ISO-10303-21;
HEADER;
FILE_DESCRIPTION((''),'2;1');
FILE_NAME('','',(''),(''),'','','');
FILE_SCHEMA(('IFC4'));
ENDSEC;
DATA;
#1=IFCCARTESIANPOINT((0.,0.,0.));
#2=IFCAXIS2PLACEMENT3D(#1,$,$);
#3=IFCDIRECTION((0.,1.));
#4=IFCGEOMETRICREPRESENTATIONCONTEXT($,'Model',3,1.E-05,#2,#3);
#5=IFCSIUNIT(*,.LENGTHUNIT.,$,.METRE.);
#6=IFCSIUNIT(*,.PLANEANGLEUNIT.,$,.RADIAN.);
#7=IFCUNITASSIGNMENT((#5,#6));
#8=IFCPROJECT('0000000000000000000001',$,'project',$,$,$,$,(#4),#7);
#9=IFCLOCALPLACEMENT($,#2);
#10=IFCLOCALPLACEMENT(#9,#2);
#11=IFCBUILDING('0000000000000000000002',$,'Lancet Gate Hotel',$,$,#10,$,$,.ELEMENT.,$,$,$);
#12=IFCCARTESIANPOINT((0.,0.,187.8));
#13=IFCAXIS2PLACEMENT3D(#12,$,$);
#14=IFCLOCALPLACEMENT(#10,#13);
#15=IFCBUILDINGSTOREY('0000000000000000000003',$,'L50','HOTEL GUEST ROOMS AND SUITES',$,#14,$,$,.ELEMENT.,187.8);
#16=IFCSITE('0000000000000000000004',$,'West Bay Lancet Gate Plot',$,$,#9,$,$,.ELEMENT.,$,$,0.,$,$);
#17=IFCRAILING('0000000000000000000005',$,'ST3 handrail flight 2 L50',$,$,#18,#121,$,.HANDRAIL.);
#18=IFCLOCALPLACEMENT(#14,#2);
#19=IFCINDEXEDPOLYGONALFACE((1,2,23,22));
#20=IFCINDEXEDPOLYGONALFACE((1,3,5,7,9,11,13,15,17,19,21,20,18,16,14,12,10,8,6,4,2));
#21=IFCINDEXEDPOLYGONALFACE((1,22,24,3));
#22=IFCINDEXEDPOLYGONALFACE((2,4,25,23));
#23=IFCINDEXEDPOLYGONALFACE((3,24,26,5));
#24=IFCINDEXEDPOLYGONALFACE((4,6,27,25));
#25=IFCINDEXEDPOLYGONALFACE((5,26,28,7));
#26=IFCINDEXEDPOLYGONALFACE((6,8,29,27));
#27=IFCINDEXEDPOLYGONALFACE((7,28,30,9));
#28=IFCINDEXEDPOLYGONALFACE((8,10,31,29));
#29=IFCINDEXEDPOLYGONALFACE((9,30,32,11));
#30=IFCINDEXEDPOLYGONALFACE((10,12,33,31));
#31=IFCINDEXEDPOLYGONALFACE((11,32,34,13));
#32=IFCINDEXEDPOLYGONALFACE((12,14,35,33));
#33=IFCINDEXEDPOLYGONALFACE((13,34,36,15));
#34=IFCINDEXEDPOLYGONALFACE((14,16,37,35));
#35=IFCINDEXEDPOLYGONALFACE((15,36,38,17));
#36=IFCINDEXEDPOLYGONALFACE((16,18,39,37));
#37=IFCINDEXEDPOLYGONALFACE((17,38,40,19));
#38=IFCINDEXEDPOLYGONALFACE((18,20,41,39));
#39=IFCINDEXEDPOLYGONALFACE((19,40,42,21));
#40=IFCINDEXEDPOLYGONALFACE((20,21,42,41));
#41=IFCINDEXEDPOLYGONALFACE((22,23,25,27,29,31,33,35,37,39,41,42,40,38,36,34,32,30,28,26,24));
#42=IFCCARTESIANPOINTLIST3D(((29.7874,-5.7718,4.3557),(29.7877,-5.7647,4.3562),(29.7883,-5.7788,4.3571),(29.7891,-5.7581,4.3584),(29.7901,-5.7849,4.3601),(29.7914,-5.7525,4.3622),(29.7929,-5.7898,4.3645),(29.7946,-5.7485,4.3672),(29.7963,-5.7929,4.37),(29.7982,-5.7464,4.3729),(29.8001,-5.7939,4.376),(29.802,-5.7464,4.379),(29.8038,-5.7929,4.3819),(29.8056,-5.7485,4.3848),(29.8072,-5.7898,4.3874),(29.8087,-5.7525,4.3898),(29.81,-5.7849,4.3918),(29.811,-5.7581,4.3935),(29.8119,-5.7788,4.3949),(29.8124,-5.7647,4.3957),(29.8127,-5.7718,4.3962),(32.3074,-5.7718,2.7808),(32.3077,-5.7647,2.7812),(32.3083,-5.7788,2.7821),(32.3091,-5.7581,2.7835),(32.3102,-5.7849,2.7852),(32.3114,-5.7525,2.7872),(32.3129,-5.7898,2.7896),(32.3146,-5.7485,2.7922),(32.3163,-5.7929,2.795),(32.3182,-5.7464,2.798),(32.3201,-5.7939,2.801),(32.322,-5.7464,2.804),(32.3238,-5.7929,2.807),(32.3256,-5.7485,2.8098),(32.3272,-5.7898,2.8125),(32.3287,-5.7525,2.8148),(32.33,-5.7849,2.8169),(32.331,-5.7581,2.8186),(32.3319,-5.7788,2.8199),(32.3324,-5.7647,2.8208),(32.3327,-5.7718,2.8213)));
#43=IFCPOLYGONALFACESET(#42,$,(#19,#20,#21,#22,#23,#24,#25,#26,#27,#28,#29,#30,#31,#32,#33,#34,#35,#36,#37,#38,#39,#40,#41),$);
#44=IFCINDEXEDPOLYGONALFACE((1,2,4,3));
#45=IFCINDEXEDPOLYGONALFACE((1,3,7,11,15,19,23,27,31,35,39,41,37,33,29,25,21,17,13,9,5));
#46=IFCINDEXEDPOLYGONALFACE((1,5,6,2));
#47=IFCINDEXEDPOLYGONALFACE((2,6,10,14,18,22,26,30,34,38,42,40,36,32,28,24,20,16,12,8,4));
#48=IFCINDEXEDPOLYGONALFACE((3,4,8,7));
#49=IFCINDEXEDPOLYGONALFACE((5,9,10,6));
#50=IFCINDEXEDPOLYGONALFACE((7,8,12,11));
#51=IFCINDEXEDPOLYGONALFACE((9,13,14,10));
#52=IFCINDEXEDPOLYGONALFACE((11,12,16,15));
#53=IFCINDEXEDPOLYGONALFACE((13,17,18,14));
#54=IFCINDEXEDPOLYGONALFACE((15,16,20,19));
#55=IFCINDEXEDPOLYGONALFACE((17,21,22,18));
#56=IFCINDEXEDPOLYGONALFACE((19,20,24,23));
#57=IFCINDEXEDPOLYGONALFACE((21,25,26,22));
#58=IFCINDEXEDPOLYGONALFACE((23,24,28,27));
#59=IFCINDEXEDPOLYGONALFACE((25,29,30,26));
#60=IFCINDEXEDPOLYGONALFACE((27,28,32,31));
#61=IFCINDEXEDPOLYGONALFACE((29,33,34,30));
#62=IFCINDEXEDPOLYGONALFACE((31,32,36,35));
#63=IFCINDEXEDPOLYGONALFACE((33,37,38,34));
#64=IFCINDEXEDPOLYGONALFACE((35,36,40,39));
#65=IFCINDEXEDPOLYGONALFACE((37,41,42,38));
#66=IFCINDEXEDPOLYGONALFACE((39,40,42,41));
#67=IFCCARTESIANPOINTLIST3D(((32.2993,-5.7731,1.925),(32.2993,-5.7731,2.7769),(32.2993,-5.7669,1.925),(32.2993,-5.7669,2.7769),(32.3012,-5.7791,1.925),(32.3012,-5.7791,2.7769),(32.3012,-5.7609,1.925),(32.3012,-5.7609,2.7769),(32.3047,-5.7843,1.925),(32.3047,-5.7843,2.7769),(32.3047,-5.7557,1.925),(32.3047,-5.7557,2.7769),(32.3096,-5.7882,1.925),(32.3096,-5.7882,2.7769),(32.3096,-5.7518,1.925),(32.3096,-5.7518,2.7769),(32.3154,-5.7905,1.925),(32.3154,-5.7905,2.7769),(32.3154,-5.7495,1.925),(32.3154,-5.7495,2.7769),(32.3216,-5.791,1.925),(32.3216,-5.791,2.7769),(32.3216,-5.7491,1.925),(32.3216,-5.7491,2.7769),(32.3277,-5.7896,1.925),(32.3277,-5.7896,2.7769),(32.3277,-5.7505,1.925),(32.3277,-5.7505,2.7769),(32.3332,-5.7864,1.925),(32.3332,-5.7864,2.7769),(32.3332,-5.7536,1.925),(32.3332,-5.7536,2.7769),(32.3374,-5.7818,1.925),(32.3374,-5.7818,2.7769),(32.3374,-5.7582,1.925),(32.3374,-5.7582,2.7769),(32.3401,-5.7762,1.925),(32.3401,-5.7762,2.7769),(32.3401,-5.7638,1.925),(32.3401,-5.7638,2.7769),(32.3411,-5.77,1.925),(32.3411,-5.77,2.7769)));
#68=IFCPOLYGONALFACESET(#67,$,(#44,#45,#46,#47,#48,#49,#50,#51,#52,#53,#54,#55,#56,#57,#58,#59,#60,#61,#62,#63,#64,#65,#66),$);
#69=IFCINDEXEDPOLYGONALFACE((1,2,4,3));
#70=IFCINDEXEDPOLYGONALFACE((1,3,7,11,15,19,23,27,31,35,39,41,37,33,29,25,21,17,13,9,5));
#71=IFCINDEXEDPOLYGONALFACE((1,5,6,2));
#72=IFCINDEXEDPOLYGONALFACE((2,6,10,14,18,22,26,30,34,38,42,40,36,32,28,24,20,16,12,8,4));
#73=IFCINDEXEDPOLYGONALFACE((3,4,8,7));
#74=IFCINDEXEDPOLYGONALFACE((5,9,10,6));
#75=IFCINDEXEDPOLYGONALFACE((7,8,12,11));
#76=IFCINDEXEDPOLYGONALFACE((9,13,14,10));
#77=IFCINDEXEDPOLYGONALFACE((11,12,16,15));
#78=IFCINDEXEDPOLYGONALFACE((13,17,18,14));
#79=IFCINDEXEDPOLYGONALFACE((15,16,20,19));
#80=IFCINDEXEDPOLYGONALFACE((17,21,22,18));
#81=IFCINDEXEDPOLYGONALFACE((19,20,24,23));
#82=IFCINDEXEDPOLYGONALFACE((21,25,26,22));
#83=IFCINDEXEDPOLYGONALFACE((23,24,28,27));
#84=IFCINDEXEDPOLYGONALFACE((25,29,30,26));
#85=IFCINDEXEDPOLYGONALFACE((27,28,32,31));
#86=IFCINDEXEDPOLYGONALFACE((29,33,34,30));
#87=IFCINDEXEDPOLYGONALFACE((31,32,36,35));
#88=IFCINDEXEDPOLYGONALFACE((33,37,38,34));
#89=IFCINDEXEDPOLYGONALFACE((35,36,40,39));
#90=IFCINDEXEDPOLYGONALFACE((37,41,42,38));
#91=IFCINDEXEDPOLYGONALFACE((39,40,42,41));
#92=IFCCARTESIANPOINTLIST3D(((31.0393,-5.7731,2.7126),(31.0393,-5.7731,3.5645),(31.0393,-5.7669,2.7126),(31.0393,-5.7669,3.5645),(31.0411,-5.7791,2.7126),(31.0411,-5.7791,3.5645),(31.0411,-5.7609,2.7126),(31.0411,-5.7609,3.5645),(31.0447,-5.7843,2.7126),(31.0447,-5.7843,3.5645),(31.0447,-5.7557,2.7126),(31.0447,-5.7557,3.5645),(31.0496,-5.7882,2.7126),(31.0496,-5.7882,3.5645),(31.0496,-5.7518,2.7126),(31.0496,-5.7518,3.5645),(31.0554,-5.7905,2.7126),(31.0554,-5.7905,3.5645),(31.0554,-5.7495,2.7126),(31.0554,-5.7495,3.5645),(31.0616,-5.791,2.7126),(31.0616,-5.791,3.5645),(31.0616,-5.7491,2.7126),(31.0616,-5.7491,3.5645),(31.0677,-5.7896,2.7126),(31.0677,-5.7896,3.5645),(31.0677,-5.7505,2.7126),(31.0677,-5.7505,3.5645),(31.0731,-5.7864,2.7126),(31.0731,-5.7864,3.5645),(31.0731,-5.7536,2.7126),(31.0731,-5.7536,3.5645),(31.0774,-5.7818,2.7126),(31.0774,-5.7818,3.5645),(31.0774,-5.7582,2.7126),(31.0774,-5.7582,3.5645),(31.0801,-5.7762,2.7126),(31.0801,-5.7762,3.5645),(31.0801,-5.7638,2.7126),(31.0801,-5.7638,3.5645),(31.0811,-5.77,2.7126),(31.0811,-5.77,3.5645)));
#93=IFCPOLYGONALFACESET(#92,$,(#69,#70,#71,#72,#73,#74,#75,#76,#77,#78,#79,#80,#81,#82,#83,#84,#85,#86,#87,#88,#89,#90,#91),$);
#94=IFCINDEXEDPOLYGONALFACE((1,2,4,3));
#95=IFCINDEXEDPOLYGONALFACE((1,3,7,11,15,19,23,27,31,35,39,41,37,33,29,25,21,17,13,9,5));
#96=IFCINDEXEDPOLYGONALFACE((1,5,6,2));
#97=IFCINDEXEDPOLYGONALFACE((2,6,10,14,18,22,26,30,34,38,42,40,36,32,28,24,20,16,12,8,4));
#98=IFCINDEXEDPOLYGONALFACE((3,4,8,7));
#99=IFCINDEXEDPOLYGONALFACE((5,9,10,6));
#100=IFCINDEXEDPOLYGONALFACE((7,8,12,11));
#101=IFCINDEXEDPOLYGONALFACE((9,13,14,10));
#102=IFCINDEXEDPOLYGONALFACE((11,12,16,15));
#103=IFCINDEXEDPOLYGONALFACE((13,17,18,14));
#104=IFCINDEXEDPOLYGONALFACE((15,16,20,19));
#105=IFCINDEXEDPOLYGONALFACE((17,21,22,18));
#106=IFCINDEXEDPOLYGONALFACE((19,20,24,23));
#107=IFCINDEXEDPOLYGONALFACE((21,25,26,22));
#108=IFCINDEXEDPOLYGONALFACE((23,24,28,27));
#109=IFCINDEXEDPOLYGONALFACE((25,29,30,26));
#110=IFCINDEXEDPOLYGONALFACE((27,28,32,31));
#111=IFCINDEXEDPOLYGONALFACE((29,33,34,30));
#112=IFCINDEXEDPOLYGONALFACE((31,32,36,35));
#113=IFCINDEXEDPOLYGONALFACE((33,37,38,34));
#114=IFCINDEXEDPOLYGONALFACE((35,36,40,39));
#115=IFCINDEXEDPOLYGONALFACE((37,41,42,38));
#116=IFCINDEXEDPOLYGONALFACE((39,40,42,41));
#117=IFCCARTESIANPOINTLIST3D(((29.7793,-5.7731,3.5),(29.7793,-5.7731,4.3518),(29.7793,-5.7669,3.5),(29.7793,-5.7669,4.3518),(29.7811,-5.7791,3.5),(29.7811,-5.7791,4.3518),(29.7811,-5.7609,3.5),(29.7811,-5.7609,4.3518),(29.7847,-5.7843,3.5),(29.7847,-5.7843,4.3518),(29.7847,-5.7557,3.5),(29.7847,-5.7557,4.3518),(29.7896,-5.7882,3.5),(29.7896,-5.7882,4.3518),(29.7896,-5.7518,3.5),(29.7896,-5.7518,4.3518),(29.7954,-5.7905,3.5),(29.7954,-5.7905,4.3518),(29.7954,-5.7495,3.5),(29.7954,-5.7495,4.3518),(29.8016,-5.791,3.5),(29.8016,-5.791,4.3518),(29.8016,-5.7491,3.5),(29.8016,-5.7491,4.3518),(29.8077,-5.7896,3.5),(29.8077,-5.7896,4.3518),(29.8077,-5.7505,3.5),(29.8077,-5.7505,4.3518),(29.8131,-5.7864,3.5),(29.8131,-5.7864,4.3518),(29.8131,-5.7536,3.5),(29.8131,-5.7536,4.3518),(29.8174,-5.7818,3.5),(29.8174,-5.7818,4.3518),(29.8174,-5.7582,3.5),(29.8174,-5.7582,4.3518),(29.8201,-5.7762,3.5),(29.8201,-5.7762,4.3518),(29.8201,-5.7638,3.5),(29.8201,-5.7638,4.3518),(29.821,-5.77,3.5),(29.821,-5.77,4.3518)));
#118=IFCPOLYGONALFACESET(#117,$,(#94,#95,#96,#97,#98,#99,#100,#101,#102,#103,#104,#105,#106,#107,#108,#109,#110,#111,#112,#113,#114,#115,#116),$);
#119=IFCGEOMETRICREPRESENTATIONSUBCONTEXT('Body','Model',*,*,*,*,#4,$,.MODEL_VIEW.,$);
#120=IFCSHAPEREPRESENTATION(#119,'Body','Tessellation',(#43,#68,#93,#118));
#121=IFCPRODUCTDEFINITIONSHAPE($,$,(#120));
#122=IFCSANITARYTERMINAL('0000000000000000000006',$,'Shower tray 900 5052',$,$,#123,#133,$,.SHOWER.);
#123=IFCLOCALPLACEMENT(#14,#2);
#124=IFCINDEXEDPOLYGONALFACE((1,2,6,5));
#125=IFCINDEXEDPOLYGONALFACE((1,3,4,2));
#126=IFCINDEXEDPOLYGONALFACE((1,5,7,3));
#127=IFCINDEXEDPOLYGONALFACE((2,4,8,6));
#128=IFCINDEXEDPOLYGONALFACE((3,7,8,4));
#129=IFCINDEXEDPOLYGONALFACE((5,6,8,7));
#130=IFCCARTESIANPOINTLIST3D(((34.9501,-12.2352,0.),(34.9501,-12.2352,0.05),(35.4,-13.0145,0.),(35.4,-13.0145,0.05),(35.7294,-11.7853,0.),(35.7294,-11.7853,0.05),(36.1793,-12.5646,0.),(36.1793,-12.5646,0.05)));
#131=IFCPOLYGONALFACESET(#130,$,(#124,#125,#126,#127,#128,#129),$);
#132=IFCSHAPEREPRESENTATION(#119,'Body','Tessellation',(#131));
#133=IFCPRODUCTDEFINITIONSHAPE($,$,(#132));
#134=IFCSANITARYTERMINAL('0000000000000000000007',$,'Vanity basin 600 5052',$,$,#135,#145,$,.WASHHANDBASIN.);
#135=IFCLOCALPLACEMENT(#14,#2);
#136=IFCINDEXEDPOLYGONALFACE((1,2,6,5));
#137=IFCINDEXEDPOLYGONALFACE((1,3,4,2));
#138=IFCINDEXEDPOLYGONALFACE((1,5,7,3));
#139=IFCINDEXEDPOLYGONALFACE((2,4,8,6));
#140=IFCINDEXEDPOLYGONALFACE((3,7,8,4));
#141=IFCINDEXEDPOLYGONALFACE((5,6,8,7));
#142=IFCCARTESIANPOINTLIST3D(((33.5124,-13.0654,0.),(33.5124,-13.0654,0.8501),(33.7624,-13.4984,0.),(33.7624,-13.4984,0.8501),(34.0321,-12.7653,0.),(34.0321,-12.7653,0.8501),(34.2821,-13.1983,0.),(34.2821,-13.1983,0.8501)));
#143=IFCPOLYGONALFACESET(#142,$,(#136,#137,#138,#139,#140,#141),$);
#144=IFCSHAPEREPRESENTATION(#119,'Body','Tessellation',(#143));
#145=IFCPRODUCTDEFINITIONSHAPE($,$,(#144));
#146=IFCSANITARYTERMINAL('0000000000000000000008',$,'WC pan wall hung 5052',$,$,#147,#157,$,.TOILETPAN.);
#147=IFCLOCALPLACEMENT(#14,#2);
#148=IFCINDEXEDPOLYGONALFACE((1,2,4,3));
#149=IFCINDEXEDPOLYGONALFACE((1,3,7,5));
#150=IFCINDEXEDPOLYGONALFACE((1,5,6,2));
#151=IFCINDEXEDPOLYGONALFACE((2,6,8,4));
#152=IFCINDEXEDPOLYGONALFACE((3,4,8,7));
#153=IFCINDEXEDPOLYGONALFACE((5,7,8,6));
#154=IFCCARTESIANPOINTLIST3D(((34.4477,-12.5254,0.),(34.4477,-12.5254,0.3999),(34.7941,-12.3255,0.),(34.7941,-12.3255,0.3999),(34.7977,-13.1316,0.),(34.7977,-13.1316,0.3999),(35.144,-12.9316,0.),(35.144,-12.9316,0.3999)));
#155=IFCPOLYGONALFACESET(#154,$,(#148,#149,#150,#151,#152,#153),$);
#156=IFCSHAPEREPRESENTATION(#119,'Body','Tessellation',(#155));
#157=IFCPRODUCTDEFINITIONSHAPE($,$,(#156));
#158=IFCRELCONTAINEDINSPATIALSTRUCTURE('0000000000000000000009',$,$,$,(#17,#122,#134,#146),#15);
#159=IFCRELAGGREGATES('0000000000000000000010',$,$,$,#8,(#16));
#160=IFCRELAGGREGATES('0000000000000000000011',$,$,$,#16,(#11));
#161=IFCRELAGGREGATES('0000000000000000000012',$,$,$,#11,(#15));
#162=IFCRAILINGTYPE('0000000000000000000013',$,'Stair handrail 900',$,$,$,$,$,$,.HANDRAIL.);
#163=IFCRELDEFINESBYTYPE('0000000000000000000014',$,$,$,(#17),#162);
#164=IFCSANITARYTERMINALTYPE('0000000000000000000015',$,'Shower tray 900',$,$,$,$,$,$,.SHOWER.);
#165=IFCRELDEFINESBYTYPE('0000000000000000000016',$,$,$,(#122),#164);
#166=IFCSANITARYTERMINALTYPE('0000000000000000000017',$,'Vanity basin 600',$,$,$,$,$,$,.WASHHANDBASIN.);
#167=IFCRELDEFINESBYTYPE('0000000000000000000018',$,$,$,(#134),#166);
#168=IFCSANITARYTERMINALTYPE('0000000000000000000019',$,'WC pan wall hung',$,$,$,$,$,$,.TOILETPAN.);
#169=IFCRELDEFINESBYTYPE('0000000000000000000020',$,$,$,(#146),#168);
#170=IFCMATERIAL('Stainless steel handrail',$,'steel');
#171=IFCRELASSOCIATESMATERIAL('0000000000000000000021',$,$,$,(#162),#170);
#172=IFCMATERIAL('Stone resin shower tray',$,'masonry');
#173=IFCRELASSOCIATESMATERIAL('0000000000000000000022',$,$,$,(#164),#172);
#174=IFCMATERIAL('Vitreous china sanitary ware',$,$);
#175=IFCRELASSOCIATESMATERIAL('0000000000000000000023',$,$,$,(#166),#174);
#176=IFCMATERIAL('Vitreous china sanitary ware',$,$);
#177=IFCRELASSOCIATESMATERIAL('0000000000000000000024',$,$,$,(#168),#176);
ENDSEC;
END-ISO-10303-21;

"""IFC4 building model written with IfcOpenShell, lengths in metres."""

from ifc_helpers import new_model, si_unit, direction, frame, origin, origin_2d, place, context, subcontext, project, spatial, rectangle, circle, extrude, material, type_object, element, save


model = new_model("IFC4")

# Units and contexts
model_context = context("Model", 3, precision=1e-05, world=origin(), true_north=direction((0.0, 1.0)))
body_context = subcontext(model_context, "Body", "Model", "MODEL_VIEW")
ifc_project = project(units=[si_unit("LENGTHUNIT", "METRE"), si_unit("PLANEANGLEUNIT", "RADIAN")], contexts=[model_context])

# Site, building, storey
site_placement = place(None, origin())
site = spatial("IfcSite", under=ifc_project, at=site_placement, Name="West Bay Lancet Gate Plot", CompositionType="ELEMENT", RefElevation=0.0)
building_placement = place(site_placement, origin())
building = spatial("IfcBuilding", under=site, at=building_placement, Name="Lancet Gate Hotel", CompositionType="ELEMENT")
storey_placement = place(building_placement, frame((0.0, 0.0, 187.8)))
storey = spatial("IfcBuildingStorey", under=building, at=storey_placement, Name="L50", Description="HOTEL GUEST ROOMS AND SUITES", CompositionType="ELEMENT", Elevation=187.8)

# Railing
ifc_material_1 = material(Name="Stainless steel handrail", Category="steel")
railing_type = type_object("IfcRailingType", Name="Stair handrail 900", PredefinedType="HANDRAIL", material=ifc_material_1)
railing_1_placement = place(storey_placement, frame((32.3201, -5.77, 1.925)))
element("IfcRailing", 1, at=railing_1_placement, inside=storey, type_object=railing_type, Name="ST3 handrail flight 2 L50", PredefinedType="HANDRAIL", context=body_context, shape_type="SweptSolid", body=[
    extrude(circle(Radius=0.0239, at=origin_2d()), frame((0.0, 0.0, 0.876), z_axis=(-0.848008, 0.0, 0.529984), x_axis=(0.0, -1.0, 0.0)), (0.0, 0.0, 1.0), 2.9717),
    extrude(circle(Radius=0.021, at=origin_2d()), origin(), (0.0, 0.0, 1.0), 0.8518),
    extrude(circle(Radius=0.021, at=origin_2d()), frame((-1.26, 0.0, 0.7876)), (0.0, 0.0, 1.0), 0.8518),
    extrude(circle(Radius=0.021, at=origin_2d()), frame((-2.52, 0.0, 1.575)), (0.0, 0.0, 1.0), 0.8518),
])

# Sanitary terminals
ifc_material_2 = material(Name="Stone resin shower tray", Category="masonry")
sanitary_terminal_type_1 = type_object("IfcSanitaryTerminalType", Name="Shower tray 900", PredefinedType="SHOWER", material=ifc_material_2)
sanitary_terminal_1_placement = place(storey_placement, frame((35.5647, -12.3999, 0.0), z_axis=(0.0, 0.0, 1.0), x_axis=(0.866025, 0.5, 0.0)))
element("IfcSanitaryTerminal", 2, at=sanitary_terminal_1_placement, inside=storey, type_object=sanitary_terminal_type_1, Name="Shower tray 900 5052", PredefinedType="SHOWER", context=body_context, shape_type="SweptSolid", body=[
    extrude(rectangle(XDim=0.8999, YDim=0.8999, at=origin_2d()), origin(), (0.0, 0.0, 1.0), 0.05),
])
ifc_material_3 = material(Name="Vitreous china sanitary ware")
sanitary_terminal_type_2 = type_object("IfcSanitaryTerminalType", Name="Vanity basin 600", PredefinedType="WASHHANDBASIN", material=ifc_material_3)
sanitary_terminal_2_placement = place(storey_placement, frame((33.8972, -13.1318, 0.0), z_axis=(0.0, 0.0, 1.0), x_axis=(0.866025, 0.5, 0.0)))
element("IfcSanitaryTerminal", 3, at=sanitary_terminal_2_placement, inside=storey, type_object=sanitary_terminal_type_2, Name="Vanity basin 600 5052", PredefinedType="WASHHANDBASIN", context=body_context, shape_type="SweptSolid", body=[
    extrude(rectangle(XDim=0.6001, YDim=0.5, at=origin_2d()), origin(), (0.0, 0.0, 1.0), 0.8501),
])
ifc_material_4 = material(Name="Vitreous china sanitary ware")
sanitary_terminal_type_3 = type_object("IfcSanitaryTerminalType", Name="WC pan wall hung", PredefinedType="TOILETPAN", material=ifc_material_4)
sanitary_terminal_3_placement = place(storey_placement, frame((34.7959, -12.7285, 0.0), z_axis=(0.0, 0.0, 1.0), x_axis=(0.866025, 0.5, 0.0)))
element("IfcSanitaryTerminal", 4, at=sanitary_terminal_3_placement, inside=storey, type_object=sanitary_terminal_type_3, Name="WC pan wall hung 5052", PredefinedType="TOILETPAN", context=body_context, shape_type="SweptSolid", body=[
    extrude(rectangle(XDim=0.3999, YDim=0.7, at=origin_2d()), origin(), (0.0, 0.0, 1.0), 0.3999),
])

save(model, "model.ifc")
